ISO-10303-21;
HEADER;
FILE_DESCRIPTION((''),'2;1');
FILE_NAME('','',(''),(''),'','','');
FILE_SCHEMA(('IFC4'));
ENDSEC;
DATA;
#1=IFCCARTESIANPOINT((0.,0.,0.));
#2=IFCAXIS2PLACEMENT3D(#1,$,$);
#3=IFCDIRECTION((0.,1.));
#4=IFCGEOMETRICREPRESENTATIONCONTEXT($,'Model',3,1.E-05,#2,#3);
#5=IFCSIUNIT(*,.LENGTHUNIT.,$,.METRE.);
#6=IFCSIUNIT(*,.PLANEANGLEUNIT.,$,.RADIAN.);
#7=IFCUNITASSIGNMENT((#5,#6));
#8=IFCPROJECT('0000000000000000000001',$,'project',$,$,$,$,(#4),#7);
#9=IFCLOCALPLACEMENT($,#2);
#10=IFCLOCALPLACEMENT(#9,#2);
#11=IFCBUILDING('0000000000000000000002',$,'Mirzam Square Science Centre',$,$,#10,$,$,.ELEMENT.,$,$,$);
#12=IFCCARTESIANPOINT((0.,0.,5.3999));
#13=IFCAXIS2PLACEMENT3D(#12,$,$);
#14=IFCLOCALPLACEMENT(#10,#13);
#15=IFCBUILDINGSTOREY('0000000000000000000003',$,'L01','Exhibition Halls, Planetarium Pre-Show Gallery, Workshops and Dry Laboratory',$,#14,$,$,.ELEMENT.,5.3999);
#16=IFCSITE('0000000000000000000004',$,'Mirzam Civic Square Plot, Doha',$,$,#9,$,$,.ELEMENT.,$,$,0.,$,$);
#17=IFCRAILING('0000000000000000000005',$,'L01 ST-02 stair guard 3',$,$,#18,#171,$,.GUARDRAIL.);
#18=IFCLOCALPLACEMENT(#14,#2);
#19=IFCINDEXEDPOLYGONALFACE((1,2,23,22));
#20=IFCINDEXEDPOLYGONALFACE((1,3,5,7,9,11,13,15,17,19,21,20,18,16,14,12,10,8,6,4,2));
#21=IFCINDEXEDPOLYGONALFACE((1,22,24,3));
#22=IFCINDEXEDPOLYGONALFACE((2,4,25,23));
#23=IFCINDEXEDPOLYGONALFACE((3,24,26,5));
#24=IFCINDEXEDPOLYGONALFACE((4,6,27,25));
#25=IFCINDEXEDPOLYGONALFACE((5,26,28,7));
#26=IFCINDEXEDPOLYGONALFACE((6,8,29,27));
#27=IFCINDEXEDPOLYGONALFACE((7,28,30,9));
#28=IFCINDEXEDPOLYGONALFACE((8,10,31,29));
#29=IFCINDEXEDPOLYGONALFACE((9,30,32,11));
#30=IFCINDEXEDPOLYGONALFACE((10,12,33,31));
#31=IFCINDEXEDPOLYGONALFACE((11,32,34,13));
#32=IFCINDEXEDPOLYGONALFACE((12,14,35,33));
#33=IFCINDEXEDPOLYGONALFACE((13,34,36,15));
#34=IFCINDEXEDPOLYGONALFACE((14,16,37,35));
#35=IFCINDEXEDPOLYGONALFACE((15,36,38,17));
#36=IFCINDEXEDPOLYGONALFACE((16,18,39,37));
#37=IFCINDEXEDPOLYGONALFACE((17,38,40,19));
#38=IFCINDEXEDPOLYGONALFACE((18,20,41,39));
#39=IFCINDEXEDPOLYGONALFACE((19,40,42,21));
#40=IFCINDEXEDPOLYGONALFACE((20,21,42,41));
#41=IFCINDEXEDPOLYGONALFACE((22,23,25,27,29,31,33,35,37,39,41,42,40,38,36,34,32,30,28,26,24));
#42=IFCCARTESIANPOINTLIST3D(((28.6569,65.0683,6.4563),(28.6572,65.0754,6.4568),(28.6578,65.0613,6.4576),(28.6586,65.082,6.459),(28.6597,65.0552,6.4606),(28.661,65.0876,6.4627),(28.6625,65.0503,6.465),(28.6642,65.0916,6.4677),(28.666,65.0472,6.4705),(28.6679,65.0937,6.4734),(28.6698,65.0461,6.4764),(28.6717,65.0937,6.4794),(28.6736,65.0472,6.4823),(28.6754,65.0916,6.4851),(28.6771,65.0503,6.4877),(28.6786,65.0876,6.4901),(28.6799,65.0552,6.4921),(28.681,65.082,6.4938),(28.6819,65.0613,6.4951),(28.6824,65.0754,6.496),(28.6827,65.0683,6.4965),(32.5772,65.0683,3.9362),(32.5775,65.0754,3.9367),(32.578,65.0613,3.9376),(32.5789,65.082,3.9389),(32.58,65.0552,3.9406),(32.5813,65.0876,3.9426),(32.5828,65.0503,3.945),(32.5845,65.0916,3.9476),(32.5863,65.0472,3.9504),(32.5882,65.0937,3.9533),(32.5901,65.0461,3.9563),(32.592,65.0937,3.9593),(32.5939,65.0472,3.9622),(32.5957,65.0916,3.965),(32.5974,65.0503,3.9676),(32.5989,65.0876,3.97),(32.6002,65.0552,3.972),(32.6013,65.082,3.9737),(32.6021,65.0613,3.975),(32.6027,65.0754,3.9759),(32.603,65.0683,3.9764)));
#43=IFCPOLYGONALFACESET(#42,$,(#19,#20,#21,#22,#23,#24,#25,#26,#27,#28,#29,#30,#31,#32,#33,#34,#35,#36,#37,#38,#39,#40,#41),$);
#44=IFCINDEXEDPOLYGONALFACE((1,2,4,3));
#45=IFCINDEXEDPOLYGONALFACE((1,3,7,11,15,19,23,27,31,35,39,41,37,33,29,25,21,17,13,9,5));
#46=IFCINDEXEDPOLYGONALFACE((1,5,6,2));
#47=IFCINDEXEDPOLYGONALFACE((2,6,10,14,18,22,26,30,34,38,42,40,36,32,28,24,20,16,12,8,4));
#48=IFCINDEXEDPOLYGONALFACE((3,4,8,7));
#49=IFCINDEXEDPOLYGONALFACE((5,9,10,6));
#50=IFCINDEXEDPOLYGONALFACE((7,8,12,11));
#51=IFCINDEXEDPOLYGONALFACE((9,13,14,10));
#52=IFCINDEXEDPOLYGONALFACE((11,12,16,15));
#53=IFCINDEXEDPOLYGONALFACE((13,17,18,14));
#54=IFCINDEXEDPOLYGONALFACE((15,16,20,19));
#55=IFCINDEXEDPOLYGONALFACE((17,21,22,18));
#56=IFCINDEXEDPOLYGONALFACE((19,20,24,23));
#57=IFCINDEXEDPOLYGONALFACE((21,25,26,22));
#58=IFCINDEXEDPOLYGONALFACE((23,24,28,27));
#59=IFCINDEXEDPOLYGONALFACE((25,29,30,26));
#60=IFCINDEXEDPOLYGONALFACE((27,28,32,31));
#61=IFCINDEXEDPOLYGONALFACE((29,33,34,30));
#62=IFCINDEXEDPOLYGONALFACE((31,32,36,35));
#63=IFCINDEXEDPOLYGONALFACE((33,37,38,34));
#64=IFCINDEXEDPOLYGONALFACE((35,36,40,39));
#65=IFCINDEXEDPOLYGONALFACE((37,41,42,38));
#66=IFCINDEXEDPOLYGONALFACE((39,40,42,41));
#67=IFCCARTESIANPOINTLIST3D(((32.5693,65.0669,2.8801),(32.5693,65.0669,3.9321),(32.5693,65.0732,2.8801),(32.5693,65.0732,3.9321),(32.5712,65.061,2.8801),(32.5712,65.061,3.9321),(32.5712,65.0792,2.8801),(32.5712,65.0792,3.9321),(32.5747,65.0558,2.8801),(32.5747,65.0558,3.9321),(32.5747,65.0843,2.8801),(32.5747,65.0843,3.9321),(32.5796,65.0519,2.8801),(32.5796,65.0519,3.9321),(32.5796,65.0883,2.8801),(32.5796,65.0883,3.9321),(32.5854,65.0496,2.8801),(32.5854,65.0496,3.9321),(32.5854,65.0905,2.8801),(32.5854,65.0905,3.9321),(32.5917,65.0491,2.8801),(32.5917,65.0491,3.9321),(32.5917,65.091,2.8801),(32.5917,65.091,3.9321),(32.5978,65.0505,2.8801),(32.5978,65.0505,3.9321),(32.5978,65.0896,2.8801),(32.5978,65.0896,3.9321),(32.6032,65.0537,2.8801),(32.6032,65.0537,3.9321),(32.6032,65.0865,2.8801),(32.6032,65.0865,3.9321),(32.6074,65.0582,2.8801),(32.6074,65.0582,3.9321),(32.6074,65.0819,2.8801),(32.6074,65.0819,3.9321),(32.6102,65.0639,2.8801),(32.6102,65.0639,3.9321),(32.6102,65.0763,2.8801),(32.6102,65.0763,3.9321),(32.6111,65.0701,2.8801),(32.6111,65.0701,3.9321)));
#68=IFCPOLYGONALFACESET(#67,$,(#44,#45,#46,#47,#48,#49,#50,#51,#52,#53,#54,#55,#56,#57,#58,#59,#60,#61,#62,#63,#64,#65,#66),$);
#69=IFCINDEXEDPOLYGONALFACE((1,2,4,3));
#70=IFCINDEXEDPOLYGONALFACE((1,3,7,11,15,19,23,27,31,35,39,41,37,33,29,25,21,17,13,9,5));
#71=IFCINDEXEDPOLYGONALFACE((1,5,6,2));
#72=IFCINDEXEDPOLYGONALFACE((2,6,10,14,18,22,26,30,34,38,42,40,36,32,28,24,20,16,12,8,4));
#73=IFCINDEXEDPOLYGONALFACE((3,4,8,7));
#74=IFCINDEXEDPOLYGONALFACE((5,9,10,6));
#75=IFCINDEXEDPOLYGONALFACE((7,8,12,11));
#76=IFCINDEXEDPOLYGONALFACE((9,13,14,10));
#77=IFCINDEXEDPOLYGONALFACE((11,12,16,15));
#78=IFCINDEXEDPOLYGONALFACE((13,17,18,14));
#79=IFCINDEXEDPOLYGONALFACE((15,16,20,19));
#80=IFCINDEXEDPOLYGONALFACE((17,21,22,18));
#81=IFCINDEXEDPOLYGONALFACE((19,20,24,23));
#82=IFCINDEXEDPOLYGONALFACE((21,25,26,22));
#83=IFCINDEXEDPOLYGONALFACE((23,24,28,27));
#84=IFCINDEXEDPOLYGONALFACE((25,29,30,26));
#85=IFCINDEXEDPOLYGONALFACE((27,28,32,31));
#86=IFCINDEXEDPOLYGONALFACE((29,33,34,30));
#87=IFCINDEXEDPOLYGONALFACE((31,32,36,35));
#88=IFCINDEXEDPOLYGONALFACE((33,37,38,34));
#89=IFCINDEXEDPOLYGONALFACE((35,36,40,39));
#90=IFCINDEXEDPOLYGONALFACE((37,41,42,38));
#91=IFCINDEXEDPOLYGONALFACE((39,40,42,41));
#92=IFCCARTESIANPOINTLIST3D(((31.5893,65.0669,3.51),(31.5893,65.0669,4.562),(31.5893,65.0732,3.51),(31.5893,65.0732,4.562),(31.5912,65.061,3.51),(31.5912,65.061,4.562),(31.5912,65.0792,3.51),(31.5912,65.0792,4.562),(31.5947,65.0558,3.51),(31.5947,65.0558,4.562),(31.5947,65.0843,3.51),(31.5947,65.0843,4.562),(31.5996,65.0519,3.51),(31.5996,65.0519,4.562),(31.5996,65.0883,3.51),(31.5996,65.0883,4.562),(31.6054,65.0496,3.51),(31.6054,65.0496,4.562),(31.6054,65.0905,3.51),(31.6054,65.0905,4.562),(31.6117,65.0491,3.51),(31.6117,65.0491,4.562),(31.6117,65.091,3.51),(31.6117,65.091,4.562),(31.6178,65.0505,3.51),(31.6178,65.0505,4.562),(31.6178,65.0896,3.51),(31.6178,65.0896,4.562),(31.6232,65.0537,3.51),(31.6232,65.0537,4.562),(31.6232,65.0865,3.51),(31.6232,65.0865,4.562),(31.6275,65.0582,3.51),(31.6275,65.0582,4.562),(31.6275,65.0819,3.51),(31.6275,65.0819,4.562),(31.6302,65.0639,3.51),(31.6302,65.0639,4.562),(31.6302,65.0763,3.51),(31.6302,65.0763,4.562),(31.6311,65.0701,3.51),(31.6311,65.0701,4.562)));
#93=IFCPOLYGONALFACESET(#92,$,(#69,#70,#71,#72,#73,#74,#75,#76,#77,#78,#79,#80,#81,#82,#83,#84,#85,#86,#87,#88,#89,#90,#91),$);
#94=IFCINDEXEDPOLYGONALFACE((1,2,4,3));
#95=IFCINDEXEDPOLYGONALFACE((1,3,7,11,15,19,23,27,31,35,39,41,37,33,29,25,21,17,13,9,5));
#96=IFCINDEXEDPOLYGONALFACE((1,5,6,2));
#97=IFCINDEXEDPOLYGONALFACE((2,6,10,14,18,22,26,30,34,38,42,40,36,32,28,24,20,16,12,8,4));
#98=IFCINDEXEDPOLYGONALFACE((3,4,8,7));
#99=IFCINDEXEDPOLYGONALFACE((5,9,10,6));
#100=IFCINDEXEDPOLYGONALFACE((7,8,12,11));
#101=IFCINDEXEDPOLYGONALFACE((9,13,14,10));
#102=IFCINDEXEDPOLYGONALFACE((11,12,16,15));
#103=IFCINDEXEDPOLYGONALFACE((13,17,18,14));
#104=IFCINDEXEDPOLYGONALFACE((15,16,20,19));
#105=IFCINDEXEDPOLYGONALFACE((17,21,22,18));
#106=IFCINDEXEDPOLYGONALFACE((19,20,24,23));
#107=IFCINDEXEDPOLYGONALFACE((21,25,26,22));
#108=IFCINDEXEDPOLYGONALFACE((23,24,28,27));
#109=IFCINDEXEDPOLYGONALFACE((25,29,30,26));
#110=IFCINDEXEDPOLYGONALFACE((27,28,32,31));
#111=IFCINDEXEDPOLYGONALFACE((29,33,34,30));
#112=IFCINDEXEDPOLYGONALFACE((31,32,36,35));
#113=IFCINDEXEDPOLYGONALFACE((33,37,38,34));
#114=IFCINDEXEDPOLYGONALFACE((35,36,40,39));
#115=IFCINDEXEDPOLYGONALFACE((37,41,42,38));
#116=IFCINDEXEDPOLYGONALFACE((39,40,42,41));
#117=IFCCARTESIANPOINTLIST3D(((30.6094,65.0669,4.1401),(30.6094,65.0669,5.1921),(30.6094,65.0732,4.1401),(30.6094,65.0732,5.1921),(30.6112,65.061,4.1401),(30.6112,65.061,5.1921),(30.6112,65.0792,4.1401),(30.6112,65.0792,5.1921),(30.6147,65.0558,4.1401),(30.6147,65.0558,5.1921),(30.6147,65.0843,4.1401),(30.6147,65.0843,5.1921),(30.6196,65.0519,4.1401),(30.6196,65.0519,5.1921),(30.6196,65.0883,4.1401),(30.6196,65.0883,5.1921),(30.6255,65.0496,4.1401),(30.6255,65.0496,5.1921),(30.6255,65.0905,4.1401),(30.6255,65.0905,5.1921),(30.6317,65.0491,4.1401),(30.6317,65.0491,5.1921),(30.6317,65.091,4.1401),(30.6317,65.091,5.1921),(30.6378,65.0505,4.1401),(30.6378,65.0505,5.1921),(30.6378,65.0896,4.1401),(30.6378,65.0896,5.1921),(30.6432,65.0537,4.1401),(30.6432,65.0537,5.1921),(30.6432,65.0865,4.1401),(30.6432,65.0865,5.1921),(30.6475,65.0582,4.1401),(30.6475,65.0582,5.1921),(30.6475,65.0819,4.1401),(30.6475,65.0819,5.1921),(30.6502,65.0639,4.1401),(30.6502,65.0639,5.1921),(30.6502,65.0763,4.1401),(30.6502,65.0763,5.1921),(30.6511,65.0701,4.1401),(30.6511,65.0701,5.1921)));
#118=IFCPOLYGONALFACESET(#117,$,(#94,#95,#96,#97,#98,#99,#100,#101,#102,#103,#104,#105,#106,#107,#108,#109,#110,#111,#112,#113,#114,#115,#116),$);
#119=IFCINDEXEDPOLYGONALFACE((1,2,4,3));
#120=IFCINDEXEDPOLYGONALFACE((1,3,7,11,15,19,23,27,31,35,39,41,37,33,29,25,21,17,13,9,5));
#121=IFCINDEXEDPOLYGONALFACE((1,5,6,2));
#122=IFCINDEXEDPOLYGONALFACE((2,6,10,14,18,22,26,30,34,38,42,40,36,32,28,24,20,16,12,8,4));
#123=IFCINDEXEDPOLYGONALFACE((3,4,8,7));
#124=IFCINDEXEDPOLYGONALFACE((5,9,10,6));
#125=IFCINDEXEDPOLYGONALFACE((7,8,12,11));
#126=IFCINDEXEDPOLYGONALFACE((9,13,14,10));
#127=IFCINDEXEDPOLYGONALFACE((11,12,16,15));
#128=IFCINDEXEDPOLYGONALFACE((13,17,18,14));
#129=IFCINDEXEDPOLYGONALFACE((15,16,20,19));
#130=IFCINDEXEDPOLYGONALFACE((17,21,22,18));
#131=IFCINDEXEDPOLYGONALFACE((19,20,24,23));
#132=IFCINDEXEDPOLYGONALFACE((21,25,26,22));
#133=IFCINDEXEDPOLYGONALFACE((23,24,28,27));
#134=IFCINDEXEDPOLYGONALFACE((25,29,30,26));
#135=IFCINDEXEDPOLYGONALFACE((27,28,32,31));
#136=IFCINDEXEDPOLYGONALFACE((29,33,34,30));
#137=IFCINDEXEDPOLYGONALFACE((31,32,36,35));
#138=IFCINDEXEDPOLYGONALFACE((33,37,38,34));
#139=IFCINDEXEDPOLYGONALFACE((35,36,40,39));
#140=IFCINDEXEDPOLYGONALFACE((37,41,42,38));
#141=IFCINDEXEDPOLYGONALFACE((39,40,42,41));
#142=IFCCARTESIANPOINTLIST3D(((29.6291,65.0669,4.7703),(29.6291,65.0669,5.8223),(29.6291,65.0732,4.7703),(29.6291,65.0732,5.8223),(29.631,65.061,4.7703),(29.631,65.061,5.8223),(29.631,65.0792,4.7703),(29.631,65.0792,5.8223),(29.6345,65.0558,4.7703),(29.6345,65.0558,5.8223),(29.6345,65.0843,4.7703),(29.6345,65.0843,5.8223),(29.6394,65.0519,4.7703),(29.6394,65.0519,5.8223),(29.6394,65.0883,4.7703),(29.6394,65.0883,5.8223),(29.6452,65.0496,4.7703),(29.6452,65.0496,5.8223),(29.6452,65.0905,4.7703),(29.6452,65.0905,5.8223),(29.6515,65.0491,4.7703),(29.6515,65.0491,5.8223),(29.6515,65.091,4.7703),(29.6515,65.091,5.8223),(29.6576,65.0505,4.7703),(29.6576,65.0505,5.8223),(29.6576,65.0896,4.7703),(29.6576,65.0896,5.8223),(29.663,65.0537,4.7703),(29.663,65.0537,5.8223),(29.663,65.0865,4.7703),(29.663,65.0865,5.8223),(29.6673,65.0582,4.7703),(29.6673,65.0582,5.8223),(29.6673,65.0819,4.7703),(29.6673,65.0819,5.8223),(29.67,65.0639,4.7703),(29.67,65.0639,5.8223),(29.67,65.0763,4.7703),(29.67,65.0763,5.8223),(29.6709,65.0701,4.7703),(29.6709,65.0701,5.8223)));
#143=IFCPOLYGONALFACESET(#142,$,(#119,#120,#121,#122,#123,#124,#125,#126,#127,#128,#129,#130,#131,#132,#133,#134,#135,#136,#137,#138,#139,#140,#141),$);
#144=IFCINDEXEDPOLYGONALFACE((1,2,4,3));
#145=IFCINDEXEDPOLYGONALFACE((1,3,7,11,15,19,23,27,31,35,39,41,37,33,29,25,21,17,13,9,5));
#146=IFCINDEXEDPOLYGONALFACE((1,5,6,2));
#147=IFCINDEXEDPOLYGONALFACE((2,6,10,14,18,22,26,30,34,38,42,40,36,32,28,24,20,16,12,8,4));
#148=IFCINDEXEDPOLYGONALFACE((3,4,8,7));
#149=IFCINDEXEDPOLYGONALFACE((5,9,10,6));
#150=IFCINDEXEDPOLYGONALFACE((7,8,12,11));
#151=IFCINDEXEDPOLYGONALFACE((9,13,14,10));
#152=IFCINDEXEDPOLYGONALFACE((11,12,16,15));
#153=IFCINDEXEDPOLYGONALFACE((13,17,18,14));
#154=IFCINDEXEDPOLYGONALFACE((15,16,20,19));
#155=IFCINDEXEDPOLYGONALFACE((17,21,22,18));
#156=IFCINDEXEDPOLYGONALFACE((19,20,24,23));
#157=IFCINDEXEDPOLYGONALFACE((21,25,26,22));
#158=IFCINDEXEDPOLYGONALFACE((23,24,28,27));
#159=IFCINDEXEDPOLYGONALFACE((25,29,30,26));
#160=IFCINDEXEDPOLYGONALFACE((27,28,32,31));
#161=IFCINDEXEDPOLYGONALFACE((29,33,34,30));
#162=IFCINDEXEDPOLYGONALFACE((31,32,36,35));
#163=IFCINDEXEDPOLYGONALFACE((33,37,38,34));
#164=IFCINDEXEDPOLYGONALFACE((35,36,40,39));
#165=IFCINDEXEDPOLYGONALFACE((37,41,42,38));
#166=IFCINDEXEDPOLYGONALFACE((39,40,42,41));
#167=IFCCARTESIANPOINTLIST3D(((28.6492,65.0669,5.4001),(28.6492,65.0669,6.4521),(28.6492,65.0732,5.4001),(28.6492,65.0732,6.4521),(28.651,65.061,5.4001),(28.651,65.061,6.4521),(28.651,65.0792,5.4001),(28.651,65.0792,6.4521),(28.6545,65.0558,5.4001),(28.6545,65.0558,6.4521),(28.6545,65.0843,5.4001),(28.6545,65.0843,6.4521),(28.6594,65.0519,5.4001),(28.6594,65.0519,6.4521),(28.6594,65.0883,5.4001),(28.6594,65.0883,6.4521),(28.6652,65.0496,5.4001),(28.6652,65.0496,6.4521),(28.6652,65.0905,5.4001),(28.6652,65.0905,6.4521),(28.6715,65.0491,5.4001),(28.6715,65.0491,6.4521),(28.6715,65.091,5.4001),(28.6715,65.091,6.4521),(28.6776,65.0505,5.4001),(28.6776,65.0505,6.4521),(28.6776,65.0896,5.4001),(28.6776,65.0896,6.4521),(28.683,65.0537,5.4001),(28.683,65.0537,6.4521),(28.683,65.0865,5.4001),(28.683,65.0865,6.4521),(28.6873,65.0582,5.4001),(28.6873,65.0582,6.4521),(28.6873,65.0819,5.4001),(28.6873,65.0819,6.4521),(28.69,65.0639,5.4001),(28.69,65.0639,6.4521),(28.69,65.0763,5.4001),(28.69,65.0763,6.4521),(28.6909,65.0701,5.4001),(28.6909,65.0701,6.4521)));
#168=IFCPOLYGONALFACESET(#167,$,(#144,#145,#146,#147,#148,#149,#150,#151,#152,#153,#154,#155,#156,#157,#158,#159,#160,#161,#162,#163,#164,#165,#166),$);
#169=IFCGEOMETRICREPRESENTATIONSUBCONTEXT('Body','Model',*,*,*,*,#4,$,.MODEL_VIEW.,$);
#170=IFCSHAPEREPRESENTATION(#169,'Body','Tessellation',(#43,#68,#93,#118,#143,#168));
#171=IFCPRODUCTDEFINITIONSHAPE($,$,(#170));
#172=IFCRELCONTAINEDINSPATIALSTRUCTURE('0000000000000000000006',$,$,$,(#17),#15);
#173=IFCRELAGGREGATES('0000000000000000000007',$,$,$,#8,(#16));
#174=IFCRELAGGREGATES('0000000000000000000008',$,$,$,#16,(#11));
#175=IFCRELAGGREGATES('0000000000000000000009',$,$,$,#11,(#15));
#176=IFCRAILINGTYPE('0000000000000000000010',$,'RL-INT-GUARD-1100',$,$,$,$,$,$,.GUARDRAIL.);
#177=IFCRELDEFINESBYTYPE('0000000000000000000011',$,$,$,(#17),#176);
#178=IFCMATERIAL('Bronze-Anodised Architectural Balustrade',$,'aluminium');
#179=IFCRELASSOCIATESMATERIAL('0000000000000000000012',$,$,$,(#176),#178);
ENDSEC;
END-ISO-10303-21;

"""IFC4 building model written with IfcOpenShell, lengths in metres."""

from ifc_helpers import new_model, si_unit, direction, frame, origin, origin_2d, place, context, subcontext, project, spatial, circle, extrude, material, type_object, element, save


model = new_model("IFC4")

# Units and contexts
model_context = context("Model", 3, precision=1e-05, world=origin(), true_north=direction((0.0, 1.0)))
body_context = subcontext(model_context, "Body", "Model", "MODEL_VIEW")
ifc_project = project(units=[si_unit("LENGTHUNIT", "METRE"), si_unit("PLANEANGLEUNIT", "RADIAN")], contexts=[model_context])

# Site, building, storey
site_placement = place(None, origin())
site = spatial("IfcSite", under=ifc_project, at=site_placement, Name="Mirzam Civic Square Plot, Doha", CompositionType="ELEMENT", RefElevation=0.0)
building_placement = place(site_placement, origin())
building = spatial("IfcBuilding", under=site, at=building_placement, Name="Mirzam Square Science Centre", CompositionType="ELEMENT")
storey_placement = place(building_placement, frame((0.0, 0.0, 5.3999)))
storey = spatial("IfcBuildingStorey", under=building, at=storey_placement, Name="L01", Description="Exhibition Halls, Planetarium Pre-Show Gallery, Workshops and Dry Laboratory", CompositionType="ELEMENT", Elevation=5.3999)

# Railing
ifc_material_1 = material(Name="Bronze-Anodised Architectural Balustrade", Category="aluminium")
railing_type_1 = type_object("IfcRailingType", Name="RL-INT-GUARD-1100", PredefinedType="GUARDRAIL", material=ifc_material_1)
railing_1_placement = place(storey_placement, frame((32.5901, 65.0701, 2.8801)))
element("IfcRailing", 1, at=railing_1_placement, inside=storey, type_object=railing_type_1, Name="L01 ST-02 stair guard 3", PredefinedType="GUARDRAIL", context=body_context, shape_type="SweptSolid", body=[
    extrude(circle(Radius=0.0239, at=origin_2d()), frame((0.0, 0.0, 1.0762), z_axis=(-0.841187, 0.0, 0.540744), x_axis=(0.0, -1.0, 0.0)), (0.0, 0.0, 1.0), 4.6604),
    extrude(circle(Radius=0.021, at=origin_2d()), origin(), (0.0, 0.0, 1.0), 1.052),
    extrude(circle(Radius=0.021, at=origin_2d()), frame((-0.98, 0.0, 0.6299)), (0.0, 0.0, 1.0), 1.052),
    extrude(circle(Radius=0.021, at=origin_2d()), frame((-1.96, 0.0, 1.26)), (0.0, 0.0, 1.0), 1.052),
    extrude(circle(Radius=0.021, at=origin_2d()), frame((-2.9402, 0.0, 1.8901)), (0.0, 0.0, 1.0), 1.052),
    extrude(circle(Radius=0.021, at=origin_2d()), frame((-3.9202, 0.0, 2.52)), (0.0, 0.0, 1.0), 1.052),
])

save(model, "model.ifc")
